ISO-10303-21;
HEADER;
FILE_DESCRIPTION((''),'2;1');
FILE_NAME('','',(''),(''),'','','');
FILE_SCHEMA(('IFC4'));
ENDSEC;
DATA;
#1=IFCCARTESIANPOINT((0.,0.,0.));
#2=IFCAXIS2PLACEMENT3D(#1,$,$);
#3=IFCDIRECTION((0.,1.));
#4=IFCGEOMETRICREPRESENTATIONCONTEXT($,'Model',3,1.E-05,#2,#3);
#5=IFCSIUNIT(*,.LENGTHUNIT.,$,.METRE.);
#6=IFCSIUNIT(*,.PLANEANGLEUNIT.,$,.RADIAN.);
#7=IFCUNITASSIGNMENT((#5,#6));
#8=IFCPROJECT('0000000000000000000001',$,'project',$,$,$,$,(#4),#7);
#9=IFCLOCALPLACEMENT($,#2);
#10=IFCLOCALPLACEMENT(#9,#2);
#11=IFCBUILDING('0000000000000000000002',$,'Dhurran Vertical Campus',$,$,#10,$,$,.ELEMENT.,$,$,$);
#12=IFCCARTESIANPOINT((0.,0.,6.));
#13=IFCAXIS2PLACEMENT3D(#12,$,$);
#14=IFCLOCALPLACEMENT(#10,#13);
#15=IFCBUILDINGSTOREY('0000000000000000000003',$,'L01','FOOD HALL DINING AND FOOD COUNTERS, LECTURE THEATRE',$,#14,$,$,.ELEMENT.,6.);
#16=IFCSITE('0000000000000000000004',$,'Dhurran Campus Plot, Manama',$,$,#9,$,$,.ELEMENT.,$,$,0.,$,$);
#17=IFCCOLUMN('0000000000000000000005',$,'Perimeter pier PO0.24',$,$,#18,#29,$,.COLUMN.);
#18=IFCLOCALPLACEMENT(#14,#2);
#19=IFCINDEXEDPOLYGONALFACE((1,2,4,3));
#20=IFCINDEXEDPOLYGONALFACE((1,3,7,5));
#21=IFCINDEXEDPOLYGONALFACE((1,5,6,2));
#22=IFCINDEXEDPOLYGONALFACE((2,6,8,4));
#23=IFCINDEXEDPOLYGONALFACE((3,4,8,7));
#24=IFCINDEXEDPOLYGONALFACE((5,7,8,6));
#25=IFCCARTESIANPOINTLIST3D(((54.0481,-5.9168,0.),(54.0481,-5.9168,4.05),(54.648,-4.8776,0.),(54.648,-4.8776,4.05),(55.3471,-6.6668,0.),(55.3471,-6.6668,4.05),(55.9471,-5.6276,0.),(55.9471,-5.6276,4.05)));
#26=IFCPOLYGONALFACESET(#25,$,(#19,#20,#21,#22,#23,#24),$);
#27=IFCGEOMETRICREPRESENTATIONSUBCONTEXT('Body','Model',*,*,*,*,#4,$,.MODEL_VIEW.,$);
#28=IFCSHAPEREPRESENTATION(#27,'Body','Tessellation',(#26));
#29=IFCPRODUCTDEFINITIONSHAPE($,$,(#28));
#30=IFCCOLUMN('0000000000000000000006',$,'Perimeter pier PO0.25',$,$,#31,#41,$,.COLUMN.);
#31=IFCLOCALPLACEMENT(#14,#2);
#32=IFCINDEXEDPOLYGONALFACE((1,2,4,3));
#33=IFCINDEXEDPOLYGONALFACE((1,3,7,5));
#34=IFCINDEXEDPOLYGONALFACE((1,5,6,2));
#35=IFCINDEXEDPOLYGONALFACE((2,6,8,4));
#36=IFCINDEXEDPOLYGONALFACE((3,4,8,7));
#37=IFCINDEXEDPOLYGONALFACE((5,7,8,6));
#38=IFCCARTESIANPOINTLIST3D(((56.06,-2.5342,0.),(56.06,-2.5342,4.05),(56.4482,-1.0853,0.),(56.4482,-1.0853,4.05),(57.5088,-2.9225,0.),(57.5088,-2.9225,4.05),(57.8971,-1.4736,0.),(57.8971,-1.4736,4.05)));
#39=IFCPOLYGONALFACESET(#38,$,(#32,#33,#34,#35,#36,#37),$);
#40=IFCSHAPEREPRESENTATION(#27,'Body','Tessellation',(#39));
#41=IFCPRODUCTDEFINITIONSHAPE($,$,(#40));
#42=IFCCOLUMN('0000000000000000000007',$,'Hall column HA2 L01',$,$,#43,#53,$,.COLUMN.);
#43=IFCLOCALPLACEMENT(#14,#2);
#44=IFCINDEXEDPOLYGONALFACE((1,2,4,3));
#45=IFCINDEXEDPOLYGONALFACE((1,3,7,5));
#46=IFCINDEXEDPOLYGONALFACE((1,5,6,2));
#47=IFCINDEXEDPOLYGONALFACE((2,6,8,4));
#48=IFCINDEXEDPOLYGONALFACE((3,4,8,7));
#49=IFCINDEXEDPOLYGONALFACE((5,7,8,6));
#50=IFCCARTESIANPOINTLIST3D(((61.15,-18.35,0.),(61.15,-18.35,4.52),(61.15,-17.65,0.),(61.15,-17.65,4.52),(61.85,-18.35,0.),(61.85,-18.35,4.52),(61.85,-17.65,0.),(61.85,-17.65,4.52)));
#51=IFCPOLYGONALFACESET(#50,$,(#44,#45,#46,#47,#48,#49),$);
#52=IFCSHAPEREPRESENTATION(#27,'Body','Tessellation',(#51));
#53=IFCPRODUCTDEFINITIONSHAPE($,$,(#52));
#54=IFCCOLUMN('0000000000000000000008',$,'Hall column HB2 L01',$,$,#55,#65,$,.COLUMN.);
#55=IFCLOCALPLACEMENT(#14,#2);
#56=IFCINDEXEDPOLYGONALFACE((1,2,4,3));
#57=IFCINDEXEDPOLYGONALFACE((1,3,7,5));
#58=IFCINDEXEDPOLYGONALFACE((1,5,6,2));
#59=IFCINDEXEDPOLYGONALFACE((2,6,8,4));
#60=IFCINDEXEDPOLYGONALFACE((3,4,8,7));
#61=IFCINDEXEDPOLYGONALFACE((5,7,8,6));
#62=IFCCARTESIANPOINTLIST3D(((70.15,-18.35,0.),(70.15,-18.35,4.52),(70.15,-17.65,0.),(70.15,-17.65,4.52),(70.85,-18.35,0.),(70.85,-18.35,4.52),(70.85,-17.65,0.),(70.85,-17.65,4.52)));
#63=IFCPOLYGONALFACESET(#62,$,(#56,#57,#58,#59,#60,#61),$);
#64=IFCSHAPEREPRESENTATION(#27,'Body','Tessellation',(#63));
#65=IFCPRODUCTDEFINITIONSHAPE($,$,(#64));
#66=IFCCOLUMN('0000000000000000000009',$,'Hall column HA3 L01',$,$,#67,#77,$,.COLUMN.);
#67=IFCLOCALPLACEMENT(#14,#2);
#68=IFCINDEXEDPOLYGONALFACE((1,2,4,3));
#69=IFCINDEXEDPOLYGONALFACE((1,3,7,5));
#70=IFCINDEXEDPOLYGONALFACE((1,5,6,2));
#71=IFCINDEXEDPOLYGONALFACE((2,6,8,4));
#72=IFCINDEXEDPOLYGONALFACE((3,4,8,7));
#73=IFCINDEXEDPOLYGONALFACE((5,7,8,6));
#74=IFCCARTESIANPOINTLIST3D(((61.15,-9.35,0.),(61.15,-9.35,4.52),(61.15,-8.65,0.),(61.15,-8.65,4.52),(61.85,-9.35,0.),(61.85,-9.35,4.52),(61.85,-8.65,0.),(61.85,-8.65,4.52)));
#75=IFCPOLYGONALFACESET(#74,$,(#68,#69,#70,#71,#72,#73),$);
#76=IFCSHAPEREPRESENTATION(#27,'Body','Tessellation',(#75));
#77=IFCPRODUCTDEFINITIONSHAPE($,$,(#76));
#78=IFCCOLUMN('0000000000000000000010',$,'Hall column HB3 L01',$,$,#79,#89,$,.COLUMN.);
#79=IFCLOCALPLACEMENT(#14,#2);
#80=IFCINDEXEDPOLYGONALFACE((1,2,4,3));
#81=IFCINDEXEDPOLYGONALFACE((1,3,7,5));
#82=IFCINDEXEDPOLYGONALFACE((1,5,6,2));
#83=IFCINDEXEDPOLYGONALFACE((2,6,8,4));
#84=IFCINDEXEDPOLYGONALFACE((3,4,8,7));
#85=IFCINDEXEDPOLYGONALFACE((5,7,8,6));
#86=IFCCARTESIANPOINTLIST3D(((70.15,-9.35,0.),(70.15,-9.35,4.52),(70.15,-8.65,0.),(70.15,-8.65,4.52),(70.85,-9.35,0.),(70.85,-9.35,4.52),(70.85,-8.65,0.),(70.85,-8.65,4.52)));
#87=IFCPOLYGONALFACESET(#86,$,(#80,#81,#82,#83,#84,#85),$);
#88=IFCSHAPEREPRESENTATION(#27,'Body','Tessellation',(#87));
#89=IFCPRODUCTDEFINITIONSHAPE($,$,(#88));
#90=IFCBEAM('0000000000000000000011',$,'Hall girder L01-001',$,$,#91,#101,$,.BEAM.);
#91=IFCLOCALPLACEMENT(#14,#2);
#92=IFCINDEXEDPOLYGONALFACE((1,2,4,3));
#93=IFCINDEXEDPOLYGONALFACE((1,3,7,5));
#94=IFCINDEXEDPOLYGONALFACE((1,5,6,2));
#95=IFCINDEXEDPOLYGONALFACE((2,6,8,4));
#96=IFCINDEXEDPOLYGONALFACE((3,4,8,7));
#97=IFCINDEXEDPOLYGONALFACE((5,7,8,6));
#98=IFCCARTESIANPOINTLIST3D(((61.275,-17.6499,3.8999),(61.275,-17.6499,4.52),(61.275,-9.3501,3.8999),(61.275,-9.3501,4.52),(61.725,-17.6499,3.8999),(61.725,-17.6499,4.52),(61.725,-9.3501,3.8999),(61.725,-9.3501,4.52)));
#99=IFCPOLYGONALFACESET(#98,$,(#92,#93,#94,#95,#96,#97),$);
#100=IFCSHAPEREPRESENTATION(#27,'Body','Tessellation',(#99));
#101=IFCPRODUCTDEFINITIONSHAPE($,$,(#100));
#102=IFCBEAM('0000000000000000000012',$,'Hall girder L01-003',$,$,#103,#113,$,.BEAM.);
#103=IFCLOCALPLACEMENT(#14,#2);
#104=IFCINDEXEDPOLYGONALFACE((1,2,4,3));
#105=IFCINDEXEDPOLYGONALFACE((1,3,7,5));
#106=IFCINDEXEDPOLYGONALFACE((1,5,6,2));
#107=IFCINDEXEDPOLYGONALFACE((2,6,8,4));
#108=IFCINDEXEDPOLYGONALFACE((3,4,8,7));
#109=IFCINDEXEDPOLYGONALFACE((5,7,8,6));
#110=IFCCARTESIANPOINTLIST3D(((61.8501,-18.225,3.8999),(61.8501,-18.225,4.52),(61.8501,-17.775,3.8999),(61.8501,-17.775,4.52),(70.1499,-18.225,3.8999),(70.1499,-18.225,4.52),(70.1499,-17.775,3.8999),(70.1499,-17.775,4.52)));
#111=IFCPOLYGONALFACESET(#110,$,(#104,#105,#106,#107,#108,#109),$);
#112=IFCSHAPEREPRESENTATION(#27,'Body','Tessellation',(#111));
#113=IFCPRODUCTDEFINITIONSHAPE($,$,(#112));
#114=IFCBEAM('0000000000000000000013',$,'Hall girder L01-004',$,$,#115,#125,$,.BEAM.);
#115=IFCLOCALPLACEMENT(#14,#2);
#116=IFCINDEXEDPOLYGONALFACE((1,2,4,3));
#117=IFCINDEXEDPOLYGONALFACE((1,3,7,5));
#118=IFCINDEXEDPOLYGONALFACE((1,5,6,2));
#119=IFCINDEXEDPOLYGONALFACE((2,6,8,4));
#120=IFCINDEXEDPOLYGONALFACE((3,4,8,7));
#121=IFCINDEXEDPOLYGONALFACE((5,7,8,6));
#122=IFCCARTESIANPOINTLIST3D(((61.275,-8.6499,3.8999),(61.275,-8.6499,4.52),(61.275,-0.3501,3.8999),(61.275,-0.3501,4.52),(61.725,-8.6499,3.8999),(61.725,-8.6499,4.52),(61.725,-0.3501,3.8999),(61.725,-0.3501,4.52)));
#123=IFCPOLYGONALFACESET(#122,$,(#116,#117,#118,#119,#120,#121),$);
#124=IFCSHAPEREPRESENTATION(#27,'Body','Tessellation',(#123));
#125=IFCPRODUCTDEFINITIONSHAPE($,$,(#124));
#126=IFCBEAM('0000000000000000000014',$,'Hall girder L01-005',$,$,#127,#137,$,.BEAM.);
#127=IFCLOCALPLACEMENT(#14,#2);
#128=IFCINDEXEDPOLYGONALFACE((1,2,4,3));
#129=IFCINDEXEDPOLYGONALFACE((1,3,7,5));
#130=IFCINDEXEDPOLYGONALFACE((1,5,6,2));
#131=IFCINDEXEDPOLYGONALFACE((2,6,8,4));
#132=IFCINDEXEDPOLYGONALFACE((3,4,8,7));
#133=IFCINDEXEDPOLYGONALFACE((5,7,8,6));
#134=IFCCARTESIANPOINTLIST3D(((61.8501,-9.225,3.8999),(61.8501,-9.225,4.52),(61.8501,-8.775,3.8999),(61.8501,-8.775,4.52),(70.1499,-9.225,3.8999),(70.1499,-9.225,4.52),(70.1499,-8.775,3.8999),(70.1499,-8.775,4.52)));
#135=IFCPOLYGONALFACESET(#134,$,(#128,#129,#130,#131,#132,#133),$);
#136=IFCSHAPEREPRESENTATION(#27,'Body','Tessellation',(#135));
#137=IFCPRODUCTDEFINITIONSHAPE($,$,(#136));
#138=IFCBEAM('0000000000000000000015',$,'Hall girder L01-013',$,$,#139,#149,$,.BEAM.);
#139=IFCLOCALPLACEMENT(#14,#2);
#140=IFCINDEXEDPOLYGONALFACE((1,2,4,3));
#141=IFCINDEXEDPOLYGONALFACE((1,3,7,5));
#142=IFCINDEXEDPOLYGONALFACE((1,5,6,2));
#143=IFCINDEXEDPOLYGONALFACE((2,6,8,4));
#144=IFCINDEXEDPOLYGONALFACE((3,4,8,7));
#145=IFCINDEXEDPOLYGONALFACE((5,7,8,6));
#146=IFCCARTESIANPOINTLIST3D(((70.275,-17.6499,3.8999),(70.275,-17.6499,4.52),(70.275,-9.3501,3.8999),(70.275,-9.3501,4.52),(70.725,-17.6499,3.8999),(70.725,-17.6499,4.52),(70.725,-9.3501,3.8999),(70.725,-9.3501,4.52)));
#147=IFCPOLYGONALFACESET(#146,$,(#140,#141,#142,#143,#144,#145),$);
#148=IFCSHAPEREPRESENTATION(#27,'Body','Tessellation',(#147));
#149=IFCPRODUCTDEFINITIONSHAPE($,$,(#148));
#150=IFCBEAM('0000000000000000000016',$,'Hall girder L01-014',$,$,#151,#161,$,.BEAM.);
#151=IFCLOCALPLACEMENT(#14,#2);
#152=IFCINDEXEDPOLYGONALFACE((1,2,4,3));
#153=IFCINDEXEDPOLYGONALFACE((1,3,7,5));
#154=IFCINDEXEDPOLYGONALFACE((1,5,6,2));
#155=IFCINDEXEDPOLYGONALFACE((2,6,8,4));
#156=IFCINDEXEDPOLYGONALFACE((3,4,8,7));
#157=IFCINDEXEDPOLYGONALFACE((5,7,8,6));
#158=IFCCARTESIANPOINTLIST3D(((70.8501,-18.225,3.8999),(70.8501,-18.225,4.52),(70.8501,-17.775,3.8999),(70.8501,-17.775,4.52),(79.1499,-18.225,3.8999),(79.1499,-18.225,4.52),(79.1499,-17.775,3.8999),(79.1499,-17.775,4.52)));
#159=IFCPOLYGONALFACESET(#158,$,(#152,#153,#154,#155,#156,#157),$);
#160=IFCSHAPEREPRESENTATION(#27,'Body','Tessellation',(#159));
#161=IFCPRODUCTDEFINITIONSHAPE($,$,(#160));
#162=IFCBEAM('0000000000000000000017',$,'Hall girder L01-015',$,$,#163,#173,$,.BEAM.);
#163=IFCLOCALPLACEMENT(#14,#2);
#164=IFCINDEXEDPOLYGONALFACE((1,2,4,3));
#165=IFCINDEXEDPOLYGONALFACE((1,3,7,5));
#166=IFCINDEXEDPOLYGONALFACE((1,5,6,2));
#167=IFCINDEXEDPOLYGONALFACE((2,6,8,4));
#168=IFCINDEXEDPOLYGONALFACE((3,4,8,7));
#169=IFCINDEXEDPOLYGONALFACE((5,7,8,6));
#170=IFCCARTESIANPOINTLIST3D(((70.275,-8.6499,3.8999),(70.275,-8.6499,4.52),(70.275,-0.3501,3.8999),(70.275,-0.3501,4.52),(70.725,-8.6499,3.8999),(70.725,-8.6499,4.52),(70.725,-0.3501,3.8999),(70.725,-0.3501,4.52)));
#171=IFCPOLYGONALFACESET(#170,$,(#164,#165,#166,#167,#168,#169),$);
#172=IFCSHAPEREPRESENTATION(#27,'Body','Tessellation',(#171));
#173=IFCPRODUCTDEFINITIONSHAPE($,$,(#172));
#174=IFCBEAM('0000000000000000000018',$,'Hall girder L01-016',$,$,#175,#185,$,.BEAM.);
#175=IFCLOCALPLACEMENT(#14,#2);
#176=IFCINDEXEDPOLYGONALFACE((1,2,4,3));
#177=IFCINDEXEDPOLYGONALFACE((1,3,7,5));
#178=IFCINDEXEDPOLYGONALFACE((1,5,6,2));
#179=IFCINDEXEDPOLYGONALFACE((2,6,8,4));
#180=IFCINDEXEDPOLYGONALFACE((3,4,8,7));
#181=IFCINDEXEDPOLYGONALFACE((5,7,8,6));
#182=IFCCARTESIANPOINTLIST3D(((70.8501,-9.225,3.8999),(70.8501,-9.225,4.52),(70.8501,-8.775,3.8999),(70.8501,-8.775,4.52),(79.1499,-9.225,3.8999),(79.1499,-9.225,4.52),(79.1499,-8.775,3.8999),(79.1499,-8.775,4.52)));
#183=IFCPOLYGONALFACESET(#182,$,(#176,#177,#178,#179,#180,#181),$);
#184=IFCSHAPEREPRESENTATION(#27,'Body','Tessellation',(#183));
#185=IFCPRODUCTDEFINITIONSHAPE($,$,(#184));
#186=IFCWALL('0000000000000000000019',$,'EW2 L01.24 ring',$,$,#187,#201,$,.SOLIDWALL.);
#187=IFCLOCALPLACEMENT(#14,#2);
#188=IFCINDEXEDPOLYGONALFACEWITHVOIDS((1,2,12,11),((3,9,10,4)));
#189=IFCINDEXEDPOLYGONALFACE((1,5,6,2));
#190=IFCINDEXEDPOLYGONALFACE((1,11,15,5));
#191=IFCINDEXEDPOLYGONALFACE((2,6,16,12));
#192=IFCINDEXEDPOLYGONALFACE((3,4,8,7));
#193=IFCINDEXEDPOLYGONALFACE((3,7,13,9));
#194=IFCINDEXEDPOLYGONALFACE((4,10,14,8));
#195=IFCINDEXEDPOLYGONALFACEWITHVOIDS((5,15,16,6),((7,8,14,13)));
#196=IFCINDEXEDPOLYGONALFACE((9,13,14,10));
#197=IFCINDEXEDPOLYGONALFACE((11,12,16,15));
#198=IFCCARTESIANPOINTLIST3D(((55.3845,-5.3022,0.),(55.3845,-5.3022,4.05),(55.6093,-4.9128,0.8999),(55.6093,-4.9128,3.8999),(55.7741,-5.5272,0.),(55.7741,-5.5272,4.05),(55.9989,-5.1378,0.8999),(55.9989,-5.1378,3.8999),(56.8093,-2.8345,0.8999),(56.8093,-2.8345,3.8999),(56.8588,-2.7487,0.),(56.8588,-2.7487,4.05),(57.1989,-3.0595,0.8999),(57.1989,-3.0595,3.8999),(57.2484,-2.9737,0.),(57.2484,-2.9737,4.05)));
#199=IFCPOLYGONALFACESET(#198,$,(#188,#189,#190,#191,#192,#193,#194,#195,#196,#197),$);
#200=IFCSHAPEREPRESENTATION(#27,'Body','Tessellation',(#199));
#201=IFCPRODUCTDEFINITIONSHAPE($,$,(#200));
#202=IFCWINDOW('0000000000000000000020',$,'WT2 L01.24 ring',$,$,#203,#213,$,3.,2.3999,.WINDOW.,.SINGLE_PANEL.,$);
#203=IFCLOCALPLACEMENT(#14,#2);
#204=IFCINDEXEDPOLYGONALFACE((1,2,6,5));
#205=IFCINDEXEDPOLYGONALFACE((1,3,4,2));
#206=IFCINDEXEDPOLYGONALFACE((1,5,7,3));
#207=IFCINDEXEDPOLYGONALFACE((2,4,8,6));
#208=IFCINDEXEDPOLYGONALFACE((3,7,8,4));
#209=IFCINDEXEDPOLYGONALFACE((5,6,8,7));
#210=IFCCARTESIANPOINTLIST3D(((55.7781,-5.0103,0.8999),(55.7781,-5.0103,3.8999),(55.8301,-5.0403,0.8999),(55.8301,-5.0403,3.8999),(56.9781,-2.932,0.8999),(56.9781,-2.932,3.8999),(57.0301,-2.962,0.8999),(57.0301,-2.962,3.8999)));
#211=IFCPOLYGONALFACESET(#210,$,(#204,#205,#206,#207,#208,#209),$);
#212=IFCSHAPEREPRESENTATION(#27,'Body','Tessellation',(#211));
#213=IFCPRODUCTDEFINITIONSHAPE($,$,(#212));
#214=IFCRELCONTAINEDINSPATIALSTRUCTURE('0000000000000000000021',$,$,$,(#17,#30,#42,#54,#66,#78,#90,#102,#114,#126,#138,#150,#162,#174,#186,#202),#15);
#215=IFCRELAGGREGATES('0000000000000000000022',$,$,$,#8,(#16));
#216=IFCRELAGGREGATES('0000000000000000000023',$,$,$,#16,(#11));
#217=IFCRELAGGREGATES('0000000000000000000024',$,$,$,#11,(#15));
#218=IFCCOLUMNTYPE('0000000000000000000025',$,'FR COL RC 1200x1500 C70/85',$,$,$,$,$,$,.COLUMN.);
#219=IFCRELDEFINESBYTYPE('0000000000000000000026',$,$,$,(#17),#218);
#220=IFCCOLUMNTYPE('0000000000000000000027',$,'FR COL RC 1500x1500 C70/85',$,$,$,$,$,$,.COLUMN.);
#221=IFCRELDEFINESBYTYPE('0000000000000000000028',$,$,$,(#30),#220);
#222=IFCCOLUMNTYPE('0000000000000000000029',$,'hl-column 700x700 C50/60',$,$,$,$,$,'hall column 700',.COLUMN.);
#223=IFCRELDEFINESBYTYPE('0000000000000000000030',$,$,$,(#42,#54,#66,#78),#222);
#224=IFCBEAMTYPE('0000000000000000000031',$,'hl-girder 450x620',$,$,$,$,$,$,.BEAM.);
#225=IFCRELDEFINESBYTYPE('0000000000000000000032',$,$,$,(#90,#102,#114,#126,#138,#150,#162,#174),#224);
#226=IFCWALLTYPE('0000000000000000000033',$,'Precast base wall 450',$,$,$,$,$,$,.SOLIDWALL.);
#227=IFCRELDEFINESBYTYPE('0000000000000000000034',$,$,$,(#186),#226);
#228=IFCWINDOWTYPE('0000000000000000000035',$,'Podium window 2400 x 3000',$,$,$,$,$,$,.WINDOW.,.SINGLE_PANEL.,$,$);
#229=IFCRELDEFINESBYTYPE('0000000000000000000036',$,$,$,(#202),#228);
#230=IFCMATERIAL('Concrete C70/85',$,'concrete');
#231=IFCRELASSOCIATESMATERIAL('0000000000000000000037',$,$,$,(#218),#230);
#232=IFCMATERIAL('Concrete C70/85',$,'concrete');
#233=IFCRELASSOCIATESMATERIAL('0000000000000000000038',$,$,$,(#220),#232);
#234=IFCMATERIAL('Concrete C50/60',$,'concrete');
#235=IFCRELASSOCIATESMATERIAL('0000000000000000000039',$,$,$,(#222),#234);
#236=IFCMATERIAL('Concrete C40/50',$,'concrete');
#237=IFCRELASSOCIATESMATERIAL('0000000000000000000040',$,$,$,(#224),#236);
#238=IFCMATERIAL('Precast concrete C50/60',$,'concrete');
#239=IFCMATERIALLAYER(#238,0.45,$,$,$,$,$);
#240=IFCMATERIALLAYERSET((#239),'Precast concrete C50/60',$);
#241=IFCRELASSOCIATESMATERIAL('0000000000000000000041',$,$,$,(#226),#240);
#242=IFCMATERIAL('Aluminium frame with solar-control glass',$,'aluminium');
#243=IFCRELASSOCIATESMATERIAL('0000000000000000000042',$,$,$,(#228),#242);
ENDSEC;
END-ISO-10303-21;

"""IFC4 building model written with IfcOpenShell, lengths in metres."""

from ifc_helpers import new_model, si_unit, direction, frame, frame_2d, origin, origin_2d, place, context, subcontext, project, spatial, rectangle, extrude, material, layer, layer_set, material_profile, profile_set, type_object, element, fill, save


model = new_model("IFC4")

# Units and contexts
model_context = context("Model", 3, precision=1e-05, world=origin(), true_north=direction((0.0, 1.0)))
body_context = subcontext(model_context, "Body", "Model", "MODEL_VIEW")
ifc_project = project(units=[si_unit("LENGTHUNIT", "METRE"), si_unit("PLANEANGLEUNIT", "RADIAN")], contexts=[model_context])

# Site, building, storey
site_placement = place(None, origin())
site = spatial("IfcSite", under=ifc_project, at=site_placement, Name="Dhurran Campus Plot, Manama", CompositionType="ELEMENT", RefElevation=0.0)
building_placement = place(site_placement, origin())
building = spatial("IfcBuilding", under=site, at=building_placement, Name="Dhurran Vertical Campus", CompositionType="ELEMENT")
storey_placement = place(building_placement, frame((0.0, 0.0, 6.0)))
storey = spatial("IfcBuildingStorey", under=building, at=storey_placement, Name="L01", Description="FOOD HALL DINING AND FOOD COUNTERS, LECTURE THEATRE", CompositionType="ELEMENT", Elevation=6.0)

# Columns
ifc_material_1 = material(Name="Concrete C70/85", Category="concrete")
ifc_material_profile_1 = material_profile(ifc_material_1, rectangle(XDim=1.2, YDim=1.5, at=origin_2d()), Name="RC 1200x1500")
ifc_profile_set_1 = profile_set([ifc_material_profile_1], Name="Concrete C70/85")
column_type_1 = type_object("IfcColumnType", Name="FR COL RC 1200x1500 C70/85", PredefinedType="COLUMN", material=ifc_profile_set_1)
column_1_placement = place(storey_placement, frame((54.9976, -5.7722, 0.0), z_axis=(0.0, 0.0, 1.0), x_axis=(0.5, 0.866025, 0.0)))
element("IfcColumn", 1, at=column_1_placement, inside=storey, type_object=column_type_1, Name="Perimeter pier PO0.24", PredefinedType="COLUMN", context=body_context, shape_type="SweptSolid", body=[
    extrude(rectangle(XDim=1.2, YDim=1.5, at=origin_2d()), origin(), (0.0, 0.0, 1.0), 4.05),
])
ifc_material_2 = material(Name="Concrete C70/85", Category="concrete")
ifc_material_profile_2 = material_profile(ifc_material_2, rectangle(XDim=1.5, YDim=1.5, at=origin_2d()), Name="RC 1500x1500")
ifc_profile_set_2 = profile_set([ifc_material_profile_2], Name="Concrete C70/85")
column_type_2 = type_object("IfcColumnType", Name="FR COL RC 1500x1500 C70/85", PredefinedType="COLUMN", material=ifc_profile_set_2)
column_2_placement = place(storey_placement, frame((56.9785, -2.0039, 0.0), z_axis=(0.0, 0.0, 1.0), x_axis=(0.258819, 0.965926, 0.0)))
element("IfcColumn", 2, at=column_2_placement, inside=storey, type_object=column_type_2, Name="Perimeter pier PO0.25", PredefinedType="COLUMN", context=body_context, shape_type="SweptSolid", body=[
    extrude(rectangle(XDim=1.5, YDim=1.5, at=origin_2d()), origin(), (0.0, 0.0, 1.0), 4.05),
])
ifc_material_3 = material(Name="Concrete C50/60", Category="concrete")
ifc_material_profile_3 = material_profile(ifc_material_3, rectangle(XDim=0.7, YDim=0.7, at=origin_2d()), Name="hl-column 700x700 C50/60")
ifc_profile_set_3 = profile_set([ifc_material_profile_3], Name="Concrete C50/60")
column_type_3 = type_object("IfcColumnType", Name="hl-column 700x700 C50/60", ElementType="hall column 700", PredefinedType="COLUMN", material=ifc_profile_set_3)
for number, where, z_axis, x_axis, name in (
    (3, (61.5, -18.0, 0.0), (0.0, 0.0, 1.0), (1.0, 0.0, 0.0), "Hall column HA2 L01"),
    (4, (70.5, -18.0, 0.0), (0.0, 0.0, 1.0), (1.0, 0.0, 0.0), "Hall column HB2 L01"),
    (5, (61.5, -9.0, 0.0), (0.0, 0.0, 1.0), (1.0, 0.0, 0.0), "Hall column HA3 L01"),
    (6, (70.5, -9.0, 0.0), (0.0, 0.0, 1.0), (1.0, 0.0, 0.0), "Hall column HB3 L01"),
):
    element("IfcColumn", number, at=place(storey_placement, frame(where, z_axis=z_axis, x_axis=x_axis)), inside=storey, type_object=column_type_3, Name=name, PredefinedType="COLUMN", context=body_context, shape_type="SweptSolid", body=[
        extrude(rectangle(XDim=0.7, YDim=0.7, at=origin_2d()), origin(), (0.0, 0.0, 1.0), 4.52),
    ])

# Beams
ifc_material_4 = material(Name="Concrete C40/50", Category="concrete")
ifc_material_profile_4 = material_profile(ifc_material_4, rectangle(XDim=0.45, YDim=0.6201, at=origin_2d()), Name="hl-girder 450x620")
ifc_profile_set_4 = profile_set([ifc_material_profile_4], Name="Concrete C40/50")
beam_type = type_object("IfcBeamType", Name="hl-girder 450x620", PredefinedType="BEAM", material=ifc_profile_set_4)
for number, where, z_axis, x_axis, name in (
    (7, (61.5, -17.6499, 4.21), (0.0, 1.0, 0.0), (-1.0, 0.0, 0.0), "Hall girder L01-001"),
    (8, (61.8501, -18.0, 4.21), (1.0, 0.0, 0.0), (0.0, 1.0, 0.0), "Hall girder L01-003"),
    (9, (61.5, -8.6499, 4.21), (0.0, 1.0, 0.0), (-1.0, 0.0, 0.0), "Hall girder L01-004"),
    (10, (61.8501, -9.0, 4.21), (1.0, 0.0, 0.0), (0.0, 1.0, 0.0), "Hall girder L01-005"),
    (11, (70.5, -17.6499, 4.21), (0.0, 1.0, 0.0), (-1.0, 0.0, 0.0), "Hall girder L01-013"),
    (12, (70.8501, -18.0, 4.21), (1.0, 0.0, 0.0), (0.0, 1.0, 0.0), "Hall girder L01-014"),
    (13, (70.5, -8.6499, 4.21), (0.0, 1.0, 0.0), (-1.0, 0.0, 0.0), "Hall girder L01-015"),
    (14, (70.8501, -9.0, 4.21), (1.0, 0.0, 0.0), (0.0, 1.0, 0.0), "Hall girder L01-016"),
):
    element("IfcBeam", number, at=place(storey_placement, frame(where, z_axis=z_axis, x_axis=x_axis)), inside=storey, type_object=beam_type, Name=name, PredefinedType="BEAM", context=body_context, shape_type="SweptSolid", body=[
        extrude(rectangle(XDim=0.45, YDim=0.6201, at=origin_2d()), origin(), (0.0, 0.0, 1.0), 8.2998),
    ])

# Wall, opening, window
ifc_material_5 = material(Name="Precast concrete C50/60", Category="concrete")
ifc_layer_1 = layer(ifc_material_5, 0.45)
ifc_layer_set_1 = layer_set([ifc_layer_1], Name="Precast concrete C50/60")
wall_type_1 = type_object("IfcWallType", Name="Precast base wall 450", PredefinedType="SOLIDWALL", material=ifc_layer_set_1)
wall_1_placement = place(storey_placement, frame((55.5793, -5.4146, 0.0), z_axis=(0.0, 0.0, 1.0), x_axis=(0.500031, 0.866008, 0.0)))
wall_1 = element("IfcWall", 15, at=wall_1_placement, inside=storey, type_object=wall_type_1, Name="EW2 L01.24 ring", PredefinedType="SOLIDWALL", context=body_context, shape_type="SweptSolid", body=[
    extrude(rectangle(XDim=2.9485, YDim=0.45, at=frame_2d((1.4741, 0.0))), origin(), (0.0, 0.0, 1.0), 4.05),
])
opening_1_placement = place(wall_1_placement, frame((0.4495, 0.0, 0.8999)))
opening_1 = element("IfcOpeningElement", 16, at=opening_1_placement, cuts=wall_1, PredefinedType="OPENING", context=body_context, shape_type="SweptSolid", body=[
    extrude(rectangle(XDim=2.3999, YDim=3.0, at=frame_2d((1.2, 1.5))), frame((0.0, 0.2349, 0.0), z_axis=(0.0, -1.0, 0.0), x_axis=(1.0, 0.0, 0.0)), (0.0, 0.0, 1.0), 0.47),
])
ifc_material_6 = material(Name="Aluminium frame with solar-control glass", Category="aluminium")
window_type_1 = type_object("IfcWindowType", Name="Podium window 2400 x 3000", PartitioningType="SINGLE_PANEL", PredefinedType="WINDOW", material=ifc_material_6)
window_1_placement = place(opening_1_placement, origin())
window_1 = element("IfcWindow", 17, at=window_1_placement, inside=storey, type_object=window_type_1, Name="WT2 L01.24 ring", OverallHeight=3.0, OverallWidth=2.3999, PartitioningType="SINGLE_PANEL", PredefinedType="WINDOW", context=body_context, shape_type="SweptSolid", body=[
    extrude(rectangle(XDim=2.3999, YDim=3.0, at=frame_2d((1.2, 1.5))), frame((0.0, 0.03, 0.0), z_axis=(0.0, -1.0, 0.0), x_axis=(1.0, 0.0, 0.0)), (0.0, 0.0, 1.0), 0.0601),
])
fill(opening_1, window_1)

save(model, "model.ifc")
